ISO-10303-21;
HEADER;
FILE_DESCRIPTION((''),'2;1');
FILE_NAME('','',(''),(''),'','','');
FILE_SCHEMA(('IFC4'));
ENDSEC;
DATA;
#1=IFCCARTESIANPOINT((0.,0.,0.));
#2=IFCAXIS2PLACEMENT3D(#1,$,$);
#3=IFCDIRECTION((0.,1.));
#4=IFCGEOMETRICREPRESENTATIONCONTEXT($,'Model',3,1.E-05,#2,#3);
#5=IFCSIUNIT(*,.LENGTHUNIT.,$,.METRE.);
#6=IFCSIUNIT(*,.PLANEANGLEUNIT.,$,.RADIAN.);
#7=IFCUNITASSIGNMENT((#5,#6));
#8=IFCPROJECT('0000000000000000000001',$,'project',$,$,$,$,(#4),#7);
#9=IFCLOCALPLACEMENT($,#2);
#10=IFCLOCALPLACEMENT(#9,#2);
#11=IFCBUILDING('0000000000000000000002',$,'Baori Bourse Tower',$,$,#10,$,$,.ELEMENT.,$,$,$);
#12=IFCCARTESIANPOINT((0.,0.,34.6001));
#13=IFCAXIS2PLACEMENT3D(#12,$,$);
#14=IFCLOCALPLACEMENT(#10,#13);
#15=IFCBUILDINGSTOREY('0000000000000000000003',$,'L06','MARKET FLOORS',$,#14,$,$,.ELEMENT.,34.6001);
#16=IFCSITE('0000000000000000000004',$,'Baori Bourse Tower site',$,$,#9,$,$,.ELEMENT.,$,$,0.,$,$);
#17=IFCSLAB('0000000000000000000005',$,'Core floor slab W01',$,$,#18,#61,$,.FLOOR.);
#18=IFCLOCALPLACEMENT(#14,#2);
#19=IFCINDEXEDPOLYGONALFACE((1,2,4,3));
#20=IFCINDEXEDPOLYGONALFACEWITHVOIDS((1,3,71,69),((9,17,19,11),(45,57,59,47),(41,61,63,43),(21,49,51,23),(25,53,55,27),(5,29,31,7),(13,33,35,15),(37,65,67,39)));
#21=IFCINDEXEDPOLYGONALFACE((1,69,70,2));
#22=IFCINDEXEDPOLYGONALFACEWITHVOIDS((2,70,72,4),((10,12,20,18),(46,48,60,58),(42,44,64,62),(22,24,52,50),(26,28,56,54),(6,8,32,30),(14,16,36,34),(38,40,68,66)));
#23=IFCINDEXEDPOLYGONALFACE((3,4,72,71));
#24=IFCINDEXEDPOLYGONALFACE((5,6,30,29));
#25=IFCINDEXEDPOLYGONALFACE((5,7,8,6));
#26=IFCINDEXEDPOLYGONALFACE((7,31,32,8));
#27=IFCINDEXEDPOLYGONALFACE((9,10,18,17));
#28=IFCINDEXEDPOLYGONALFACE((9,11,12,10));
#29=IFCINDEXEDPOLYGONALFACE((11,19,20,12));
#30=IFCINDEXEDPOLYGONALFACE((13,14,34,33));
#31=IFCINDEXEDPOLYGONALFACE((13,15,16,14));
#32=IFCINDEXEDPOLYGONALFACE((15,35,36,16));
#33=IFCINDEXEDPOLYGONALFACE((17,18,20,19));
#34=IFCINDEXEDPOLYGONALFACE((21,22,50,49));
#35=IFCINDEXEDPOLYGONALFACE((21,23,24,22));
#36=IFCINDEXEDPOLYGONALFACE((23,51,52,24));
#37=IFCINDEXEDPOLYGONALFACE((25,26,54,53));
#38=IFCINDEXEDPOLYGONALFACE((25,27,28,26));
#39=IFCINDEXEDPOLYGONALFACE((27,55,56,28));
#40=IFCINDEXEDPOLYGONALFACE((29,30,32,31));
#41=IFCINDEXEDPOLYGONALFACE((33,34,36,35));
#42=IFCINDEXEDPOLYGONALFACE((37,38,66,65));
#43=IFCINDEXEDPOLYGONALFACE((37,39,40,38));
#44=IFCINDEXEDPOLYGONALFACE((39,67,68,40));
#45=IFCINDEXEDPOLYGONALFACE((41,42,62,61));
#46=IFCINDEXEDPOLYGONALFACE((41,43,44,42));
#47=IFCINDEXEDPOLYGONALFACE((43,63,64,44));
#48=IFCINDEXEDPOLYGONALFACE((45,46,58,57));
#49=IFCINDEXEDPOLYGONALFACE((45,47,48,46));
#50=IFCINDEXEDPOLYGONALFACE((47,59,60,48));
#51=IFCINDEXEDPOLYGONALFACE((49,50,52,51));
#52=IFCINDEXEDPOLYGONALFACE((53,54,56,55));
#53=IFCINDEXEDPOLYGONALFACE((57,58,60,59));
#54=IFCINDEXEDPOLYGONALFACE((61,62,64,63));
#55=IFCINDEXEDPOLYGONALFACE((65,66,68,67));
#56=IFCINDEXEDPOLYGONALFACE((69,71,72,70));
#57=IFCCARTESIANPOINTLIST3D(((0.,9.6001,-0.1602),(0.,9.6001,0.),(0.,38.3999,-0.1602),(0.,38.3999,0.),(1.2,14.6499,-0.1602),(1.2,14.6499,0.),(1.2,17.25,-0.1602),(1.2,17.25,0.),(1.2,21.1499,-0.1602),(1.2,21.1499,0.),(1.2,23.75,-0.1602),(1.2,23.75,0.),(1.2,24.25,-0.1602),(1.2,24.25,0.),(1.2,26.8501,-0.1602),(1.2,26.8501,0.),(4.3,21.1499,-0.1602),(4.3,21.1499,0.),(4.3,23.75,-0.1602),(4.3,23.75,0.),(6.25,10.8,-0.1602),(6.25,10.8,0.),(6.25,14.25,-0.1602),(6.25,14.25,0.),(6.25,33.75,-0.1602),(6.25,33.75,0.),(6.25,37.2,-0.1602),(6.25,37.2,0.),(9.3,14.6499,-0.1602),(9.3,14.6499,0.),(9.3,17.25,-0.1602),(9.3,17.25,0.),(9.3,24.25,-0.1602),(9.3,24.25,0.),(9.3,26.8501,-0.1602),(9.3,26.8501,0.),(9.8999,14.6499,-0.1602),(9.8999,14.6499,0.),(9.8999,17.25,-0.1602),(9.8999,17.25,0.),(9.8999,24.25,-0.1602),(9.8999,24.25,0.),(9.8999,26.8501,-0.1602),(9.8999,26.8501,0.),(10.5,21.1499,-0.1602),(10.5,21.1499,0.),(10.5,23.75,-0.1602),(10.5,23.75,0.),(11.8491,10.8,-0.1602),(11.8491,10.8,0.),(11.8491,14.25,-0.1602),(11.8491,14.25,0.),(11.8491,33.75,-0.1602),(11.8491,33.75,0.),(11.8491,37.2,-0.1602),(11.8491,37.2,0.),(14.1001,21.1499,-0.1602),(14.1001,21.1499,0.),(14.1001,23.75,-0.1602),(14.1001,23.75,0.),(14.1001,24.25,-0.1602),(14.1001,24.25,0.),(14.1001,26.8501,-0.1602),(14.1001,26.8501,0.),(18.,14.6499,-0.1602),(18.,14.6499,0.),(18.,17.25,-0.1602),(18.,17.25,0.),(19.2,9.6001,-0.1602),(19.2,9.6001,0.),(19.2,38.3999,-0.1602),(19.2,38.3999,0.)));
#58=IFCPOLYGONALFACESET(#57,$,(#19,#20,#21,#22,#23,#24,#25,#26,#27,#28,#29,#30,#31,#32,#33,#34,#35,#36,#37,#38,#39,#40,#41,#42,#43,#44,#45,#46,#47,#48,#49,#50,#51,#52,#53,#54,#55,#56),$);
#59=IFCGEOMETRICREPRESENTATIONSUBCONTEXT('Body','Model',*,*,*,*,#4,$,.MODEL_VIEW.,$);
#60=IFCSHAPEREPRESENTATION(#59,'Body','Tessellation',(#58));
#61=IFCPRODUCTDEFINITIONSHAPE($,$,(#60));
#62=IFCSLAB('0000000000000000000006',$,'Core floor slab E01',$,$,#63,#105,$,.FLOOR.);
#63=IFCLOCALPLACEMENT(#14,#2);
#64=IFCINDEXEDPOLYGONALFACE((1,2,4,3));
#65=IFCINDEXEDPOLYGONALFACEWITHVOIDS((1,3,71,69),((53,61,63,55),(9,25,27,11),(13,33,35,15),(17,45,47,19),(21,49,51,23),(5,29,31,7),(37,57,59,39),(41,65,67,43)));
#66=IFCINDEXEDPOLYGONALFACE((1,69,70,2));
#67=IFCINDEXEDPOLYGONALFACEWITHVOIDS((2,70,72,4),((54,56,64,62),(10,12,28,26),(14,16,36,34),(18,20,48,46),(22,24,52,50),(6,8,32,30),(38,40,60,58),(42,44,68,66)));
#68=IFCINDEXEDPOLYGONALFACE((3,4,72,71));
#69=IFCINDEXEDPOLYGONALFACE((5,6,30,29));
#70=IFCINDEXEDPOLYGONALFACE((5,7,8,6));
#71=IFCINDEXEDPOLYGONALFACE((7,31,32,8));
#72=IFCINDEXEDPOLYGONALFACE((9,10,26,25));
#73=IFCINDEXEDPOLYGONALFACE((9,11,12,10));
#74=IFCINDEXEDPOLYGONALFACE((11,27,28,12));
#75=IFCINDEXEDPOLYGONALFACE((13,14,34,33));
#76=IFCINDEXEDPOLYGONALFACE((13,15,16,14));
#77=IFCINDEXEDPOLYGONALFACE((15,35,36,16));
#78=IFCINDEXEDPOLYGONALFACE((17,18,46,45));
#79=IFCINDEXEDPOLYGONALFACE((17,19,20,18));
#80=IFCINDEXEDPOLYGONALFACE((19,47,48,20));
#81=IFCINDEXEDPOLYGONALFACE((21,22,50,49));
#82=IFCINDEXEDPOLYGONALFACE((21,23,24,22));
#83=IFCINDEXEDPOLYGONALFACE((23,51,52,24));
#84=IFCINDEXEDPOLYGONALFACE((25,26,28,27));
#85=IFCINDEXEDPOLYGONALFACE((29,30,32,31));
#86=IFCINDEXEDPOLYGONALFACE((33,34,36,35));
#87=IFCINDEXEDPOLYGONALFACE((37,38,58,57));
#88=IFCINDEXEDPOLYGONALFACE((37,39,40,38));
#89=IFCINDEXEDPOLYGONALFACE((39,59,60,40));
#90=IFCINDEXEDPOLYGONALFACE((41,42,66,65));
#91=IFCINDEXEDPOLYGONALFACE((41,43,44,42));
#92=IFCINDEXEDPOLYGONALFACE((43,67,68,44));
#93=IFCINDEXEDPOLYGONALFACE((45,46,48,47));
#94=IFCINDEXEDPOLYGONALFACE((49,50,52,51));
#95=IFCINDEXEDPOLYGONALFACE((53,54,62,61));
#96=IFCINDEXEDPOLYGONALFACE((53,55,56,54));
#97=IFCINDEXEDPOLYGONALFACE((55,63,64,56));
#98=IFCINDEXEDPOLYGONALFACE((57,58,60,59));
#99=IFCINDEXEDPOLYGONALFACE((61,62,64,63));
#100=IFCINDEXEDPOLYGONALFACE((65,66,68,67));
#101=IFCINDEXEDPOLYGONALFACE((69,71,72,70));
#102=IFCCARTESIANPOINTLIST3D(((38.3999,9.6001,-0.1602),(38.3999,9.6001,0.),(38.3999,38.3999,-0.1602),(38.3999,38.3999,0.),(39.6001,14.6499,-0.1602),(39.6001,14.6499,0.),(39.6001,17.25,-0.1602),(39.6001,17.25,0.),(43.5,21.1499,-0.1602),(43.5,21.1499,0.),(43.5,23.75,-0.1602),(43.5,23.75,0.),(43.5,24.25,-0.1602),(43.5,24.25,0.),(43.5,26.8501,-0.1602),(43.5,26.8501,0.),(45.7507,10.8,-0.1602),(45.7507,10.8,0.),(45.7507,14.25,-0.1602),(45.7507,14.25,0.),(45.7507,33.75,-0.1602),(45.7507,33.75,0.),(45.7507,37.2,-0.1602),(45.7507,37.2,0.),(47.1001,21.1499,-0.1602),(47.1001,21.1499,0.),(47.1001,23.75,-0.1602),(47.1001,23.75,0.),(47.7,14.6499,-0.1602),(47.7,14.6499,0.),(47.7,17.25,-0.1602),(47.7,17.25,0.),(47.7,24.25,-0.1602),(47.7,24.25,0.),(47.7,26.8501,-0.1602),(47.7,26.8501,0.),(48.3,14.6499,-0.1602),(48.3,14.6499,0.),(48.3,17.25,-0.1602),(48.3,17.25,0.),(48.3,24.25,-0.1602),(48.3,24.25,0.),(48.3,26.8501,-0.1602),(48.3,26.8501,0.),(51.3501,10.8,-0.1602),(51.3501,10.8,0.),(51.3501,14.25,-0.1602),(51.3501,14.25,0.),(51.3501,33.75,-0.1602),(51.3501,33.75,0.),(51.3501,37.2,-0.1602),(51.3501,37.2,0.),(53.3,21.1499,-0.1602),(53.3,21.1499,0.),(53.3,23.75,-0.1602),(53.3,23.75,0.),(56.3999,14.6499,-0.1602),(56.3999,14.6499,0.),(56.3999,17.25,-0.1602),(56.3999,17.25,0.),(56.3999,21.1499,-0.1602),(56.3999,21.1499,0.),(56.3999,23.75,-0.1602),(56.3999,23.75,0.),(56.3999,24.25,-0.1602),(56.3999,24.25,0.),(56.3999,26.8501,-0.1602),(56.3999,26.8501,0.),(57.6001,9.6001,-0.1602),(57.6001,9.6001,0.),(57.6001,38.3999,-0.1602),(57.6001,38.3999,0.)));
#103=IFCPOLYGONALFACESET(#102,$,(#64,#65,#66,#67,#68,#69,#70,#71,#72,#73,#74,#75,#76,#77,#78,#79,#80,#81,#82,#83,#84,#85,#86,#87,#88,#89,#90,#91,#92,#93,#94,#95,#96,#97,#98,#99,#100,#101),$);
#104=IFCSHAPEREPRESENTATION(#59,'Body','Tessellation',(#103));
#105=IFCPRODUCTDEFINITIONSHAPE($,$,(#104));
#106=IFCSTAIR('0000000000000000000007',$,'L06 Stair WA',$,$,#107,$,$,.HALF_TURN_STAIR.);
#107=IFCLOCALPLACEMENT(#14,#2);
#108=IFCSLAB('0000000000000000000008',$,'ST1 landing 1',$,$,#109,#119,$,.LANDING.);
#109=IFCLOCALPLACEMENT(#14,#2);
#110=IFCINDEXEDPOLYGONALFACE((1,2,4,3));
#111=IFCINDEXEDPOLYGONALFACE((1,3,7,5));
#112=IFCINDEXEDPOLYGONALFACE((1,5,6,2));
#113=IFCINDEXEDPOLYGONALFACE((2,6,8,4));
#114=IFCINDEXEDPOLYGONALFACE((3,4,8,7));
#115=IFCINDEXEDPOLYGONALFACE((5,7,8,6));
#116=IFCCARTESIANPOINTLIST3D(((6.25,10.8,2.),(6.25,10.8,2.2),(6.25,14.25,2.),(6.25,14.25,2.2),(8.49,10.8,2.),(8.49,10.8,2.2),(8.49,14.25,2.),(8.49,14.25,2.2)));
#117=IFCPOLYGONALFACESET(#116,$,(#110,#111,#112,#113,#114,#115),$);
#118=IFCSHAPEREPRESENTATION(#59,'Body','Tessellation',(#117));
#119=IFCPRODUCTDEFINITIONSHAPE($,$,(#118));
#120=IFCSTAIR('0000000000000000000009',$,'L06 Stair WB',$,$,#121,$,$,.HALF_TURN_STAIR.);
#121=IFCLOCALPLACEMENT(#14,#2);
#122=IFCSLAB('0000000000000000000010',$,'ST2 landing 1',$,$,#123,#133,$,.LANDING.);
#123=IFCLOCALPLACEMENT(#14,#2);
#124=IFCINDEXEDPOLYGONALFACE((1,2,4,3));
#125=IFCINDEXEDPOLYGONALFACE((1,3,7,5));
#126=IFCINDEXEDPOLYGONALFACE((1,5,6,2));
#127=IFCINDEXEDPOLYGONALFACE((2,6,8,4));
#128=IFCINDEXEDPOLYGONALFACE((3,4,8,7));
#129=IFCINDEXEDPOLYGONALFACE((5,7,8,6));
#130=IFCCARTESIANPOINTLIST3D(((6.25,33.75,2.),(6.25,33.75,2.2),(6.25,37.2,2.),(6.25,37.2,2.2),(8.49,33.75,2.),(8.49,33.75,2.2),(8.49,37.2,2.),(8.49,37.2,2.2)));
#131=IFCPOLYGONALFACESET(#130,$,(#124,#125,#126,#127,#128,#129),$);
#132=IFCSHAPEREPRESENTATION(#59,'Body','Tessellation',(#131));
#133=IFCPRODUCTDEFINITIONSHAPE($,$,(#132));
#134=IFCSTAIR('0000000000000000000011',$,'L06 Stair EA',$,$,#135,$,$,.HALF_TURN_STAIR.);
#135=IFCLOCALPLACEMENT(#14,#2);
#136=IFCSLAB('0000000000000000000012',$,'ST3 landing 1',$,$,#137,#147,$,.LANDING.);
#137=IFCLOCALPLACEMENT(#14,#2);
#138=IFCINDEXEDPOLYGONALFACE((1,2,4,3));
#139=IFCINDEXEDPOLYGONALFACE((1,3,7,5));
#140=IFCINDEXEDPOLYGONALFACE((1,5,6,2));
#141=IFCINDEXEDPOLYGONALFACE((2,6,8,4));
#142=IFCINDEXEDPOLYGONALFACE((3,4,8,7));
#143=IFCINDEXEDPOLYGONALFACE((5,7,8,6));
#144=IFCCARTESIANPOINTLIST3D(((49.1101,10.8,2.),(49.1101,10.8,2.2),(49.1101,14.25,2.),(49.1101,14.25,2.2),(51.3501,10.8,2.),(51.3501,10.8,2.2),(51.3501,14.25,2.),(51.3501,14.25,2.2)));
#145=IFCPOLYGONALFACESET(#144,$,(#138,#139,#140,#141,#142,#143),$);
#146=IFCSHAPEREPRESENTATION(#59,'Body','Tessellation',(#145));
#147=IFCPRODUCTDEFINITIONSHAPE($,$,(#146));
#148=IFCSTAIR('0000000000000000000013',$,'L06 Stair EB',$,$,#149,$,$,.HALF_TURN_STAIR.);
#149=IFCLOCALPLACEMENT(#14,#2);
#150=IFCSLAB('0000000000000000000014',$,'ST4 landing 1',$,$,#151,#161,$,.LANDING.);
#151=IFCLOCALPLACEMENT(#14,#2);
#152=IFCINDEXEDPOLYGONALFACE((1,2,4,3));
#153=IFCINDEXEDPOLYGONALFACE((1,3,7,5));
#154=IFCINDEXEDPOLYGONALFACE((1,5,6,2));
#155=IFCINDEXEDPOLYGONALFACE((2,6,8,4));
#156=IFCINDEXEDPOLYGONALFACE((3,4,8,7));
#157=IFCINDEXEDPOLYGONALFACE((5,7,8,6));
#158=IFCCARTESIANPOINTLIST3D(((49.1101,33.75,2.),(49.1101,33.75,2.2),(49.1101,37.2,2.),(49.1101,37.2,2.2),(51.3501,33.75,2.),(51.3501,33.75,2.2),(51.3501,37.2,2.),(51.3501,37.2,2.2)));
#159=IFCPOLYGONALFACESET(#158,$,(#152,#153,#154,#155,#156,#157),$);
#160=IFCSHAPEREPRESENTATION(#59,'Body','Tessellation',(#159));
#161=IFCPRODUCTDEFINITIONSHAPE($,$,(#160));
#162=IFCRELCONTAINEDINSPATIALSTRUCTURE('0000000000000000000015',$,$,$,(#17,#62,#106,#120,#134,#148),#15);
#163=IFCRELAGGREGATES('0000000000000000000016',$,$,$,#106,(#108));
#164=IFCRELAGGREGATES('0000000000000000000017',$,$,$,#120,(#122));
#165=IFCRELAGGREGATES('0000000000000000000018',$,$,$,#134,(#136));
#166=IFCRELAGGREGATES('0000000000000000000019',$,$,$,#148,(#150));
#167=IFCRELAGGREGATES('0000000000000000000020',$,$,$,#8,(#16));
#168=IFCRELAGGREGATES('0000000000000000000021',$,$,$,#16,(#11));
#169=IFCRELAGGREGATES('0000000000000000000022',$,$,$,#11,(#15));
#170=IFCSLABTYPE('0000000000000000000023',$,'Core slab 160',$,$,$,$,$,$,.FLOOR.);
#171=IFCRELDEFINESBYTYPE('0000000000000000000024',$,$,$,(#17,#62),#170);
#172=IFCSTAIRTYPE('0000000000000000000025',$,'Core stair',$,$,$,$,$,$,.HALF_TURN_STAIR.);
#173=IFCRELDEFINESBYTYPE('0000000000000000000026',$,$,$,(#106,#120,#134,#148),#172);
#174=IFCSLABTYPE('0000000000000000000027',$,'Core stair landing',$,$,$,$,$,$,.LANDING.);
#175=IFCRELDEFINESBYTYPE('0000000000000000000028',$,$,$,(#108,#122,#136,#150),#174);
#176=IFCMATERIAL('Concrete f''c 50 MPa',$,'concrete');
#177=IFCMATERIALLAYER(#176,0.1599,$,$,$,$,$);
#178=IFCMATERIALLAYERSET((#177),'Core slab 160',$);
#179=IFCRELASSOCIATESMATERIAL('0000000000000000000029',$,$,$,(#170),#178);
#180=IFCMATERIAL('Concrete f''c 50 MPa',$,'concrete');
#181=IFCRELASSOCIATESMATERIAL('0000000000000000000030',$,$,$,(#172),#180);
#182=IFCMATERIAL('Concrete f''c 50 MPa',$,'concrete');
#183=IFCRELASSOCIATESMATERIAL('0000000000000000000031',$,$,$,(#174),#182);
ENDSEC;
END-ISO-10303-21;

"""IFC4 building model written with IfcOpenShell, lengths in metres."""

from ifc_helpers import new_model, si_unit, direction, frame, origin, place, context, subcontext, project, spatial, polyline, outline, extrude, material, layer, layer_set, type_object, element, aggregate, save


model = new_model("IFC4")

# Units and contexts
model_context = context("Model", 3, precision=1e-05, world=origin(), true_north=direction((0.0, 1.0)))
body_context = subcontext(model_context, "Body", "Model", "MODEL_VIEW")
ifc_project = project(units=[si_unit("LENGTHUNIT", "METRE"), si_unit("PLANEANGLEUNIT", "RADIAN")], contexts=[model_context])

# Site, building, storey
site_placement = place(None, origin())
site = spatial("IfcSite", under=ifc_project, at=site_placement, Name="Baori Bourse Tower site", CompositionType="ELEMENT", RefElevation=0.0)
building_placement = place(site_placement, origin())
building = spatial("IfcBuilding", under=site, at=building_placement, Name="Baori Bourse Tower", CompositionType="ELEMENT")
storey_placement = place(building_placement, frame((0.0, 0.0, 34.6001)))
storey = spatial("IfcBuildingStorey", under=building, at=storey_placement, Name="L06", Description="MARKET FLOORS", CompositionType="ELEMENT", Elevation=34.6001)

# Slabs
ifc_material_1 = material(Name="Concrete f'c 50 MPa", Category="concrete")
ifc_layer_1 = layer(ifc_material_1, 0.1599)
ifc_layer_set_1 = layer_set([ifc_layer_1], Name="Core slab 160")
slab_type_1 = type_object("IfcSlabType", Name="Core slab 160", PredefinedType="FLOOR", material=ifc_layer_set_1)
slab_1_placement = place(storey_placement, frame((0.0, 0.0, -0.1602)))
element("IfcSlab", 1, at=slab_1_placement, inside=storey, type_object=slab_type_1, Name="Core floor slab W01", PredefinedType="FLOOR", context=body_context, shape_type="SweptSolid", body=[
    extrude(outline(polyline([(19.2, 9.6001), (19.2, 38.3999), (0.0, 38.3999), (0.0, 9.6001), (19.2, 9.6001)]), holes=[polyline([(9.8999, 14.6499), (9.8999, 17.25), (18.0, 17.25), (18.0, 14.6499), (9.8999, 14.6499)]), polyline([(10.5, 21.1499), (10.5, 23.75), (14.1001, 23.75), (14.1001, 21.1499), (10.5, 21.1499)]), polyline([(14.1001, 24.25), (9.8999, 24.25), (9.8999, 26.8501), (14.1001, 26.8501), (14.1001, 24.25)]), polyline([(6.25, 14.25), (11.8491, 14.25), (11.8491, 10.8), (6.25, 10.8), (6.25, 14.25)]), polyline([(11.8491, 37.2), (11.8491, 33.75), (6.25, 33.75), (6.25, 37.2), (11.8491, 37.2)]), polyline([(1.2, 26.8501), (9.3, 26.8501), (9.3, 24.25), (1.2, 24.25), (1.2, 26.8501)]), polyline([(9.3, 14.6499), (1.2, 14.6499), (1.2, 17.25), (9.3, 17.25), (9.3, 14.6499)]), polyline([(4.3, 23.75), (4.3, 21.1499), (1.2, 21.1499), (1.2, 23.75), (4.3, 23.75)])]), origin(), (0.0, 0.0, 1.0), 0.1602),
])
slab_2_placement = place(storey_placement, frame((0.0, 0.0, -0.1602)))
element("IfcSlab", 2, at=slab_2_placement, inside=storey, type_object=slab_type_1, Name="Core floor slab E01", PredefinedType="FLOOR", context=body_context, shape_type="SweptSolid", body=[
    extrude(outline(polyline([(38.3999, 9.6001), (57.6001, 9.6001), (57.6001, 38.3999), (38.3999, 38.3999), (38.3999, 9.6001)]), holes=[polyline([(48.3, 14.6499), (48.3, 17.25), (56.3999, 17.25), (56.3999, 14.6499), (48.3, 14.6499)]), polyline([(56.3999, 21.1499), (53.3, 21.1499), (53.3, 23.75), (56.3999, 23.75), (56.3999, 21.1499)]), polyline([(56.3999, 26.8501), (56.3999, 24.25), (48.3, 24.25), (48.3, 26.8501), (56.3999, 26.8501)]), polyline([(45.7507, 14.25), (51.3501, 14.25), (51.3501, 10.8), (45.7507, 10.8), (45.7507, 14.25)]), polyline([(51.3501, 37.2), (51.3501, 33.75), (45.7507, 33.75), (45.7507, 37.2), (51.3501, 37.2)]), polyline([(39.6001, 17.25), (47.7, 17.25), (47.7, 14.6499), (39.6001, 14.6499), (39.6001, 17.25)]), polyline([(43.5, 24.25), (43.5, 26.8501), (47.7, 26.8501), (47.7, 24.25), (43.5, 24.25)]), polyline([(43.5, 23.75), (47.1001, 23.75), (47.1001, 21.1499), (43.5, 21.1499), (43.5, 23.75)])]), origin(), (0.0, 0.0, 1.0), 0.1602),
])

# Stairs, slabs
ifc_material_2 = material(Name="Concrete f'c 50 MPa", Category="concrete")
stair_type = type_object("IfcStairType", Name="Core stair", PredefinedType="HALF_TURN_STAIR", material=ifc_material_2)
stair_1_placement = place(storey_placement, origin())
stair_1 = element("IfcStair", 3, at=stair_1_placement, inside=storey, type_object=stair_type, Name="L06 Stair WA", PredefinedType="HALF_TURN_STAIR")
ifc_material_3 = material(Name="Concrete f'c 50 MPa", Category="concrete")
slab_type_2 = type_object("IfcSlabType", Name="Core stair landing", PredefinedType="LANDING", material=ifc_material_3)
slab_3_placement = place(storey_placement, frame((0.0, 0.0, 2.0)))
slab_3 = element("IfcSlab", 4, at=slab_3_placement, type_object=slab_type_2, Name="ST1 landing 1", PredefinedType="LANDING", context=body_context, shape_type="SweptSolid", body=[
    extrude(outline(polyline([(8.49, 14.25), (6.25, 14.25), (6.25, 10.8), (8.49, 10.8), (8.49, 14.25)])), origin(), (0.0, 0.0, 1.0), 0.2),
])
aggregate(stair_1, [slab_3])
stair_2_placement = place(storey_placement, origin())
stair_2 = element("IfcStair", 5, at=stair_2_placement, inside=storey, type_object=stair_type, Name="L06 Stair WB", PredefinedType="HALF_TURN_STAIR")
slab_4_placement = place(storey_placement, frame((0.0, 0.0, 2.0)))
slab_4 = element("IfcSlab", 6, at=slab_4_placement, type_object=slab_type_2, Name="ST2 landing 1", PredefinedType="LANDING", context=body_context, shape_type="SweptSolid", body=[
    extrude(outline(polyline([(8.49, 37.2), (6.25, 37.2), (6.25, 33.75), (8.49, 33.75), (8.49, 37.2)])), origin(), (0.0, 0.0, 1.0), 0.2),
])
aggregate(stair_2, [slab_4])
stair_3_placement = place(storey_placement, origin())
stair_3 = element("IfcStair", 7, at=stair_3_placement, inside=storey, type_object=stair_type, Name="L06 Stair EA", PredefinedType="HALF_TURN_STAIR")
slab_5_placement = place(storey_placement, frame((0.0, 0.0, 2.0)))
slab_5 = element("IfcSlab", 8, at=slab_5_placement, type_object=slab_type_2, Name="ST3 landing 1", PredefinedType="LANDING", context=body_context, shape_type="SweptSolid", body=[
    extrude(outline(polyline([(49.1101, 10.8), (51.3501, 10.8), (51.3501, 14.25), (49.1101, 14.25), (49.1101, 10.8)])), origin(), (0.0, 0.0, 1.0), 0.2),
])
aggregate(stair_3, [slab_5])
stair_4_placement = place(storey_placement, origin())
stair_4 = element("IfcStair", 9, at=stair_4_placement, inside=storey, type_object=stair_type, Name="L06 Stair EB", PredefinedType="HALF_TURN_STAIR")
slab_6_placement = place(storey_placement, frame((0.0, 0.0, 2.0)))
slab_6 = element("IfcSlab", 10, at=slab_6_placement, type_object=slab_type_2, Name="ST4 landing 1", PredefinedType="LANDING", context=body_context, shape_type="SweptSolid", body=[
    extrude(outline(polyline([(49.1101, 33.75), (51.3501, 33.75), (51.3501, 37.2), (49.1101, 37.2), (49.1101, 33.75)])), origin(), (0.0, 0.0, 1.0), 0.2),
])
aggregate(stair_4, [slab_6])

save(model, "model.ifc")
